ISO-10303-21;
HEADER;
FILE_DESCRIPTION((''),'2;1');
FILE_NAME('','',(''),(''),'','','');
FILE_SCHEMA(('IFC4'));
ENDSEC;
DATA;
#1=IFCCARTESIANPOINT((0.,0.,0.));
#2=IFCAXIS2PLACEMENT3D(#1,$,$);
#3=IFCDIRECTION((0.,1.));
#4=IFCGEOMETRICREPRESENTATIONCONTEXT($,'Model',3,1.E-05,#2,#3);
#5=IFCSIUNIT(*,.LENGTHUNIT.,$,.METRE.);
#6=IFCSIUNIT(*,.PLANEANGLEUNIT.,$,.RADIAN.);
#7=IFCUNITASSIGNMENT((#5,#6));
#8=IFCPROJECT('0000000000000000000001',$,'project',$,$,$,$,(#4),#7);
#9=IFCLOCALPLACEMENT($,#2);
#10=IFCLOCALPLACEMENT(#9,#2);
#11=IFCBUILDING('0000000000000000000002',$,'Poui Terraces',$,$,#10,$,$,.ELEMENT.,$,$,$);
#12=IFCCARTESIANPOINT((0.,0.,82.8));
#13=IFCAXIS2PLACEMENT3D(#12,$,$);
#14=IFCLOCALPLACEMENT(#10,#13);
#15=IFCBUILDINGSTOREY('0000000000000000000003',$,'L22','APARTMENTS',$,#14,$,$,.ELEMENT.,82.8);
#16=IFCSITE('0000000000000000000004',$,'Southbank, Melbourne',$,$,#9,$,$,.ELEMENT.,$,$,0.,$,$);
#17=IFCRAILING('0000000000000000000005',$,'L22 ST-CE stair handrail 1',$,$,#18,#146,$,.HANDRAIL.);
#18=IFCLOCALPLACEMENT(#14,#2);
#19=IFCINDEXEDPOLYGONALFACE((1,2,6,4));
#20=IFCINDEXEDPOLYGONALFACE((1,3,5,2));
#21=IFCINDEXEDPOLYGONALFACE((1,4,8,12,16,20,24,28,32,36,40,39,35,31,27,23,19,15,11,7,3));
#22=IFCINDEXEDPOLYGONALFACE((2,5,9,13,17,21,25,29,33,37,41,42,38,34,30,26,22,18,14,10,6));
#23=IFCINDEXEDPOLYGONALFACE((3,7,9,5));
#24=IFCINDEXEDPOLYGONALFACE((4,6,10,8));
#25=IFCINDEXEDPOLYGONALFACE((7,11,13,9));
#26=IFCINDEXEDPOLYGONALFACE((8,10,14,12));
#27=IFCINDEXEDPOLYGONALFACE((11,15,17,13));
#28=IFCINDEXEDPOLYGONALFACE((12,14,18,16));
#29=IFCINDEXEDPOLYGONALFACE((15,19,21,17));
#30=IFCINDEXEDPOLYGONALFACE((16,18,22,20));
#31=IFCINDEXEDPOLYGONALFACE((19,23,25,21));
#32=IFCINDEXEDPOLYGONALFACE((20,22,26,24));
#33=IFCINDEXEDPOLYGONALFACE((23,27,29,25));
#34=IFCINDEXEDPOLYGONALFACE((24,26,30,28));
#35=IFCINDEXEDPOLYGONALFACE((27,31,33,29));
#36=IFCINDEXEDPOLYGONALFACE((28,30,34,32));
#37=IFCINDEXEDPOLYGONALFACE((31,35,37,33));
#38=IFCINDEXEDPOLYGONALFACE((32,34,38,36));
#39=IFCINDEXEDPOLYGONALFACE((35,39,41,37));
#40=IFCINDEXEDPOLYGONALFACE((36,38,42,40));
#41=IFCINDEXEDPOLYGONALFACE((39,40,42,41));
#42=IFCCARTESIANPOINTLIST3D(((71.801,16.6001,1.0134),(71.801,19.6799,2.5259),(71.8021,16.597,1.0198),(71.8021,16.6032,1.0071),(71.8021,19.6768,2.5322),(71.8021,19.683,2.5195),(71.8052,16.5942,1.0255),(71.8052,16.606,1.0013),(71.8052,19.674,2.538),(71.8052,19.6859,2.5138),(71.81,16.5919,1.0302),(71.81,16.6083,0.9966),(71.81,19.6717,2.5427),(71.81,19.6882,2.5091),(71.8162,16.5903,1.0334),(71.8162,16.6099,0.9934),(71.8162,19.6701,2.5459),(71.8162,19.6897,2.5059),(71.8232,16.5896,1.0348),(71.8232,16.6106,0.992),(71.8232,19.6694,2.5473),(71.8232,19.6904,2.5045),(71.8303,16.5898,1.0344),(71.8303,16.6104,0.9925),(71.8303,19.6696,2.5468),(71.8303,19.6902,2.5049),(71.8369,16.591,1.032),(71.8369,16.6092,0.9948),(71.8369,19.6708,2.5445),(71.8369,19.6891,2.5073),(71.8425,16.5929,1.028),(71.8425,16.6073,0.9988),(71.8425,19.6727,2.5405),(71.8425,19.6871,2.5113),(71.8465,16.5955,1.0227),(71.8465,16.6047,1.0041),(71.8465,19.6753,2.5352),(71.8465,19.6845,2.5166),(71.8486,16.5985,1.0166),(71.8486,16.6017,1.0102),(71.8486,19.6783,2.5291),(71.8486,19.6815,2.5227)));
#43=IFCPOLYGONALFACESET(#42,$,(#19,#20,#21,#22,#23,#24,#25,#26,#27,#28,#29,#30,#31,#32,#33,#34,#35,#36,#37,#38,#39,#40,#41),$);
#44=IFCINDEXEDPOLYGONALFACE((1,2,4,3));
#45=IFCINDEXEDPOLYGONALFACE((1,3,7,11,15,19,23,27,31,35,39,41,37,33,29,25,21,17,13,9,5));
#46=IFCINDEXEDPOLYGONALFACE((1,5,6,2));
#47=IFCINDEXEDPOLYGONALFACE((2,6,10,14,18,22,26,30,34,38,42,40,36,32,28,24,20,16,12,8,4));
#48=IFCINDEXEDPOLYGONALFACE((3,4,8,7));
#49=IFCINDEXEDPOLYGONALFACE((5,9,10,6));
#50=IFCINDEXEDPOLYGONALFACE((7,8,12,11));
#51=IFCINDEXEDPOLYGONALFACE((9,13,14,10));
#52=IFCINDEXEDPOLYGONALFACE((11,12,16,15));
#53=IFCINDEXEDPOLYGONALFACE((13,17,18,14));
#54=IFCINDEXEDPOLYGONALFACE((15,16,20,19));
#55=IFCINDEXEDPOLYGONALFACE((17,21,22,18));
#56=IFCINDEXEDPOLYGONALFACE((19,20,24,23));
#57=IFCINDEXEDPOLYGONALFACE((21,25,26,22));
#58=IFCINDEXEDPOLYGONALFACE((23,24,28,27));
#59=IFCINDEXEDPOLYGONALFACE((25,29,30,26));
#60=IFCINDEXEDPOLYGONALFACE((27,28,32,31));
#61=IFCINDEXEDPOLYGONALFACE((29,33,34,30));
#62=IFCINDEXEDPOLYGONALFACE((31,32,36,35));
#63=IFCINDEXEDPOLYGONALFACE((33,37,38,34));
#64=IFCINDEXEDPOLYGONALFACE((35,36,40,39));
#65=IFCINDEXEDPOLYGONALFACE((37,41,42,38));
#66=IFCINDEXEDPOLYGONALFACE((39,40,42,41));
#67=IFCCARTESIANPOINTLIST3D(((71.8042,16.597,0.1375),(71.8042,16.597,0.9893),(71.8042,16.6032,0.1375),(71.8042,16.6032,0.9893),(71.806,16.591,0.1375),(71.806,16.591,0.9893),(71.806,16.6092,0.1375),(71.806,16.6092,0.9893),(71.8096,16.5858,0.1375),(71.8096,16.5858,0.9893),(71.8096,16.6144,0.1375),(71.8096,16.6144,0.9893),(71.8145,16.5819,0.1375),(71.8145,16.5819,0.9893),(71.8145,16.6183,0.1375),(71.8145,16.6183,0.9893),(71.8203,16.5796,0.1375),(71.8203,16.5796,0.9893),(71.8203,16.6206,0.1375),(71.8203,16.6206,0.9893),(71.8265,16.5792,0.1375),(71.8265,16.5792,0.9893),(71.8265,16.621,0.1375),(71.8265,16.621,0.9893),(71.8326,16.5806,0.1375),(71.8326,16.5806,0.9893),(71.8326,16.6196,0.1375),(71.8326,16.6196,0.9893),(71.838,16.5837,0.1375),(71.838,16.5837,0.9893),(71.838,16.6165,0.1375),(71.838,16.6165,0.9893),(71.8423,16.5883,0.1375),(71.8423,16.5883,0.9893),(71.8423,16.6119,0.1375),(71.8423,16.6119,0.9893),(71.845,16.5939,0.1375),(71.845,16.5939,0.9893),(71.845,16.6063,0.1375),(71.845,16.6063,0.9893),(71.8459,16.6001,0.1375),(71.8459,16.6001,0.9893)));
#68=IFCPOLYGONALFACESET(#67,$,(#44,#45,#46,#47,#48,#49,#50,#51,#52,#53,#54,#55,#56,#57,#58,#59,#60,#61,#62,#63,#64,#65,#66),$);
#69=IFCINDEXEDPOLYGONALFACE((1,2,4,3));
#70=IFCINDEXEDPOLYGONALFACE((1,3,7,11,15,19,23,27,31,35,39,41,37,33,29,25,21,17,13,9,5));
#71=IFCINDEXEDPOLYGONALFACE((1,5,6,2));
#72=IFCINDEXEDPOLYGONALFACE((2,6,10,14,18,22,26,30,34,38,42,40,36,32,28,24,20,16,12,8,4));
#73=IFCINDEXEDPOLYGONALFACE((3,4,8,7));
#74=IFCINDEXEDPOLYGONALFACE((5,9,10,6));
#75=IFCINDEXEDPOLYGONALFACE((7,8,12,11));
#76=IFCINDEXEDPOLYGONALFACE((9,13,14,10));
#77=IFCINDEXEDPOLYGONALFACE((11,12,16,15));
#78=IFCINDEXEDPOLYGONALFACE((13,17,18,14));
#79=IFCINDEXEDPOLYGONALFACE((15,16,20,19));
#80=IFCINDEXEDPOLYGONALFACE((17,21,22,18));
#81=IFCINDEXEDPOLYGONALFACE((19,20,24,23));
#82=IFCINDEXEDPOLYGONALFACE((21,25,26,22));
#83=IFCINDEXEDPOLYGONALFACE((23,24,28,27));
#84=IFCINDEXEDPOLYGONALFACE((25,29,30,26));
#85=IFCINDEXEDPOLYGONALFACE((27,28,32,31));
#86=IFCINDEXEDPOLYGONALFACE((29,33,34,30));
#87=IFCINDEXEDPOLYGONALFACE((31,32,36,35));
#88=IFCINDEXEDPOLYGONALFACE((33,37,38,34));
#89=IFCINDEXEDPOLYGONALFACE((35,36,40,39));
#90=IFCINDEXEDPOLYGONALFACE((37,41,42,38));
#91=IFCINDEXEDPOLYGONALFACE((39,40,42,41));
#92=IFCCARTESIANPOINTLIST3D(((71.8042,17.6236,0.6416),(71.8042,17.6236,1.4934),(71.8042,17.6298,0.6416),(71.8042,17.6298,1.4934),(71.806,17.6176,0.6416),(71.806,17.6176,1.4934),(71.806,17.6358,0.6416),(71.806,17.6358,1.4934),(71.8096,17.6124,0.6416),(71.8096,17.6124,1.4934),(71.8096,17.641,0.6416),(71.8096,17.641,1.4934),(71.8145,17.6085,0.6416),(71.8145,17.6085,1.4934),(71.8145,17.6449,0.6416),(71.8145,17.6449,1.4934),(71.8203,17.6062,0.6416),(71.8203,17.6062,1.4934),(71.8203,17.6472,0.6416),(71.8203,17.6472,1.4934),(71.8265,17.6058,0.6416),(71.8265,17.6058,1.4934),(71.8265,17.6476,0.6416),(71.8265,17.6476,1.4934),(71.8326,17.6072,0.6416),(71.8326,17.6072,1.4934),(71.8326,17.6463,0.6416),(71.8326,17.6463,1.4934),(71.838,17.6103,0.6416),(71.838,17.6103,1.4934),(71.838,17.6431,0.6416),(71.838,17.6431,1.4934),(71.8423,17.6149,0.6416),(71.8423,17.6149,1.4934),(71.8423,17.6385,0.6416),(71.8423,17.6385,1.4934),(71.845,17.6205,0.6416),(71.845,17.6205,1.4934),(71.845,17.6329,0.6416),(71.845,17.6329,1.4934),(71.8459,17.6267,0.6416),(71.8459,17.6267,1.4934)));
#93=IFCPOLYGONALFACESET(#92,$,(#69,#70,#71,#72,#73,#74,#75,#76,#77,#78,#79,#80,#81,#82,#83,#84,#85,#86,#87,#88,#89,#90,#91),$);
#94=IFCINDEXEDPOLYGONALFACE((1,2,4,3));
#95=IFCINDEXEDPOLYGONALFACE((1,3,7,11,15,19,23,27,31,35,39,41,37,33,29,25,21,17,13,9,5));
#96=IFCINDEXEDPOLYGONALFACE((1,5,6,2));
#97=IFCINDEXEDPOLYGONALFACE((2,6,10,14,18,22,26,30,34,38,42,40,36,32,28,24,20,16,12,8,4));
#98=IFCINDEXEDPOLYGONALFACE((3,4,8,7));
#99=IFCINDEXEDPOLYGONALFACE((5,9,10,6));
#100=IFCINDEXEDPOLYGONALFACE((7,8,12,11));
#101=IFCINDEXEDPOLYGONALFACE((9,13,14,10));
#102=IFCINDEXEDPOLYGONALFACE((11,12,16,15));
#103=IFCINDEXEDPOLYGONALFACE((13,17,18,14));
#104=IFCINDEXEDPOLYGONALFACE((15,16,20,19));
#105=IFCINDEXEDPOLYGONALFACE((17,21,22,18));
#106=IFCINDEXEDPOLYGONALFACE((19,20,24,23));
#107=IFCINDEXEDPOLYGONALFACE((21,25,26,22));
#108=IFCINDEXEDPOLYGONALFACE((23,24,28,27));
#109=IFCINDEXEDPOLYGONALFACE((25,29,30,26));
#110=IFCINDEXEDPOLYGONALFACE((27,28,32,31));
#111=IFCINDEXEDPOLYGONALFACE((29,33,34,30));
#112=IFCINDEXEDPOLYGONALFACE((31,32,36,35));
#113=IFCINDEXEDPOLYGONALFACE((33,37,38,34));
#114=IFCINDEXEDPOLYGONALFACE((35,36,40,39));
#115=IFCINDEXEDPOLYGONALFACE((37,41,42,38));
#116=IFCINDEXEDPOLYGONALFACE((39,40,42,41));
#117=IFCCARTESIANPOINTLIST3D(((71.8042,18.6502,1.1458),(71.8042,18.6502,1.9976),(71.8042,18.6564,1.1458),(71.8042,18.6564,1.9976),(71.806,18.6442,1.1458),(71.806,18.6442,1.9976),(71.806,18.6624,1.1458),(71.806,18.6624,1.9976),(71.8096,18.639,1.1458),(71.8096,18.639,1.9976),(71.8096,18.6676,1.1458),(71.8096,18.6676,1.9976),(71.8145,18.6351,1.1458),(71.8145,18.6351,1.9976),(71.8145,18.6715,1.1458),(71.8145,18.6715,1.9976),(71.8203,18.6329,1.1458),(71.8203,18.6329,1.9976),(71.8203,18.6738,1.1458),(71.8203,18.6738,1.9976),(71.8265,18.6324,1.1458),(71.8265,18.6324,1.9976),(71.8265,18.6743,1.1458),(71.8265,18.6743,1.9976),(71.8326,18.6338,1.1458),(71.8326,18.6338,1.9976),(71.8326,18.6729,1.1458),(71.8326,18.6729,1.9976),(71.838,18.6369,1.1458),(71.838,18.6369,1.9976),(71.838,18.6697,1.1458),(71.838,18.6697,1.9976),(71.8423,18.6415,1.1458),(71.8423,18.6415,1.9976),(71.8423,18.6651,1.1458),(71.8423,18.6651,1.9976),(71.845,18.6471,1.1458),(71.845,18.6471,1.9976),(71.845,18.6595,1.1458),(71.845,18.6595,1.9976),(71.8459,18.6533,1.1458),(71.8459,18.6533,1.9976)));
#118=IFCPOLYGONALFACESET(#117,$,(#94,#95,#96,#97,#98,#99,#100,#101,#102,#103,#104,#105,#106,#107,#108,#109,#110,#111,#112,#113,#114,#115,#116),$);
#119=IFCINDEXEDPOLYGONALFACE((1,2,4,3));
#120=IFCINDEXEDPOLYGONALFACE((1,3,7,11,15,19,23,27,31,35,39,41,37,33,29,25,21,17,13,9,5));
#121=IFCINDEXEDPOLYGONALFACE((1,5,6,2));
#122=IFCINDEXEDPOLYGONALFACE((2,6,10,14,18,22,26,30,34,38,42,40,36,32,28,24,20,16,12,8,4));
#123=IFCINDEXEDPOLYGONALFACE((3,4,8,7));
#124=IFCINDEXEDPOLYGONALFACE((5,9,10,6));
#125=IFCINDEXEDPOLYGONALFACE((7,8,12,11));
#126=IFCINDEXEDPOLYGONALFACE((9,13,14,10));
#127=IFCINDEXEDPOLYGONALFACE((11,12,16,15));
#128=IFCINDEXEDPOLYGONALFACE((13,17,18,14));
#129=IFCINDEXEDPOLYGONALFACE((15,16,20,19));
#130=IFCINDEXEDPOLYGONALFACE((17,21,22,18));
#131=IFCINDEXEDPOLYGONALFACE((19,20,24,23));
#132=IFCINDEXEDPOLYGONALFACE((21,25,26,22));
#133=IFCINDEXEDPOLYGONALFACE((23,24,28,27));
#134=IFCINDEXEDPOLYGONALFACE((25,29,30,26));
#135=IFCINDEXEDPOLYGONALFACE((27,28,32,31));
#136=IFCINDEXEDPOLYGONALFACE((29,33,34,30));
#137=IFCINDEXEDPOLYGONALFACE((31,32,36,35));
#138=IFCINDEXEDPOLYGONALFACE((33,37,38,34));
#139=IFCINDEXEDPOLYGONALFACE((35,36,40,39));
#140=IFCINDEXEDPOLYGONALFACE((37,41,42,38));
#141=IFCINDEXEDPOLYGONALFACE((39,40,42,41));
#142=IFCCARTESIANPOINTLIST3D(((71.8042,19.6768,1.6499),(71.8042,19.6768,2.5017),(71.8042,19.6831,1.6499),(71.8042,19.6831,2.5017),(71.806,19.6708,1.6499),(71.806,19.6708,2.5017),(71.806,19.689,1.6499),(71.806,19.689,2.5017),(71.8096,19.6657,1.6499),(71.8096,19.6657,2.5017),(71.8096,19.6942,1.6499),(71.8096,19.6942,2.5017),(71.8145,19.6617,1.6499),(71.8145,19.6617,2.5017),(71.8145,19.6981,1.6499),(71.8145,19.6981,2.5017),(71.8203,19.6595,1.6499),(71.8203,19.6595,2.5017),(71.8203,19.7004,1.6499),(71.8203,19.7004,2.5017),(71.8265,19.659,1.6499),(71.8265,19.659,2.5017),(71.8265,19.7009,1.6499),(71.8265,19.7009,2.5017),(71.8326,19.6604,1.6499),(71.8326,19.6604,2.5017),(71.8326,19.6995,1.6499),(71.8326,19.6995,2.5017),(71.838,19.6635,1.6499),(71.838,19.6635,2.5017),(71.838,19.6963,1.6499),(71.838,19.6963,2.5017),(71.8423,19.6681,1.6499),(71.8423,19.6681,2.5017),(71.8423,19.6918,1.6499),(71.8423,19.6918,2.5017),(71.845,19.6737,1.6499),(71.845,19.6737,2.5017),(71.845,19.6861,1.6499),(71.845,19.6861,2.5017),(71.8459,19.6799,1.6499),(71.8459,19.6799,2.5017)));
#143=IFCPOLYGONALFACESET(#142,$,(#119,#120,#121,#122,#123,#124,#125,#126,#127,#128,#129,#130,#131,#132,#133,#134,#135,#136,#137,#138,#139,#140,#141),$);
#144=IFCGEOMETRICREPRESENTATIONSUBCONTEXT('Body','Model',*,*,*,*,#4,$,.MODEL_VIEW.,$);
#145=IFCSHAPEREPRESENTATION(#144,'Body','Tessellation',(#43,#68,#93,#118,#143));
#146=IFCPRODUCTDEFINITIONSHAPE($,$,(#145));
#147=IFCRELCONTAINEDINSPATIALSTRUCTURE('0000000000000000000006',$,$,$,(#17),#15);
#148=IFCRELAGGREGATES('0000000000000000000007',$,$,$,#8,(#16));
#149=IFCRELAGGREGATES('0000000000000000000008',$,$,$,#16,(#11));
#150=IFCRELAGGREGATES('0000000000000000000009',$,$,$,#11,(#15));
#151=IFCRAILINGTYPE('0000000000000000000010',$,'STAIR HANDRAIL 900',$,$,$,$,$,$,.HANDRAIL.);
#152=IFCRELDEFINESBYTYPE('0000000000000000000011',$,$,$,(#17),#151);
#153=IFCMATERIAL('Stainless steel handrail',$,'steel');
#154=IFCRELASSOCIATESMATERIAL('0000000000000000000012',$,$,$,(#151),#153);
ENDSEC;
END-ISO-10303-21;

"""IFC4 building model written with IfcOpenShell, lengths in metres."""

from ifc_helpers import new_model, si_unit, direction, frame, origin, origin_2d, place, context, subcontext, project, spatial, circle, extrude, material, type_object, element, save


model = new_model("IFC4")

# Units and contexts
model_context = context("Model", 3, precision=1e-05, world=origin(), true_north=direction((0.0, 1.0)))
body_context = subcontext(model_context, "Body", "Model", "MODEL_VIEW")
ifc_project = project(units=[si_unit("LENGTHUNIT", "METRE"), si_unit("PLANEANGLEUNIT", "RADIAN")], contexts=[model_context])

# Site, building, storey
site_placement = place(None, origin())
site = spatial("IfcSite", under=ifc_project, at=site_placement, Name="Southbank, Melbourne", CompositionType="ELEMENT", RefElevation=0.0)
building_placement = place(site_placement, origin())
building = spatial("IfcBuilding", under=site, at=building_placement, Name="Poui Terraces", CompositionType="ELEMENT")
storey_placement = place(building_placement, frame((0.0, 0.0, 82.8)))
storey = spatial("IfcBuildingStorey", under=building, at=storey_placement, Name="L22", Description="APARTMENTS", CompositionType="ELEMENT", Elevation=82.8)

# Railing
ifc_material_1 = material(Name="Stainless steel handrail", Category="steel")
railing_type_1 = type_object("IfcRailingType", Name="STAIR HANDRAIL 900", PredefinedType="HANDRAIL", material=ifc_material_1)
railing_1_placement = place(storey_placement, frame((71.825, 16.6001, 0.1375)))
element("IfcRailing", 1, at=railing_1_placement, inside=storey, type_object=railing_type_1, Name="L22 ST-CE stair handrail 1", PredefinedType="HANDRAIL", context=body_context, shape_type="SweptSolid", body=[
    extrude(circle(Radius=0.0239, at=origin_2d()), frame((0.0, 0.0, 0.876), z_axis=(0.0, 0.897606, 0.440798), x_axis=(-1.0, 0.0, 0.0)), (0.0, 0.0, 1.0), 3.4312),
    extrude(circle(Radius=0.021, at=origin_2d()), origin(), (0.0, 0.0, 1.0), 0.8518),
    extrude(circle(Radius=0.021, at=origin_2d()), frame((0.0, 1.0266, 0.5042)), (0.0, 0.0, 1.0), 0.8518),
    extrude(circle(Radius=0.021, at=origin_2d()), frame((0.0, 2.0532, 1.0083)), (0.0, 0.0, 1.0), 0.8518),
    extrude(circle(Radius=0.021, at=origin_2d()), frame((0.0, 3.0798, 1.5125)), (0.0, 0.0, 1.0), 0.8518),
])

save(model, "model.ifc")
